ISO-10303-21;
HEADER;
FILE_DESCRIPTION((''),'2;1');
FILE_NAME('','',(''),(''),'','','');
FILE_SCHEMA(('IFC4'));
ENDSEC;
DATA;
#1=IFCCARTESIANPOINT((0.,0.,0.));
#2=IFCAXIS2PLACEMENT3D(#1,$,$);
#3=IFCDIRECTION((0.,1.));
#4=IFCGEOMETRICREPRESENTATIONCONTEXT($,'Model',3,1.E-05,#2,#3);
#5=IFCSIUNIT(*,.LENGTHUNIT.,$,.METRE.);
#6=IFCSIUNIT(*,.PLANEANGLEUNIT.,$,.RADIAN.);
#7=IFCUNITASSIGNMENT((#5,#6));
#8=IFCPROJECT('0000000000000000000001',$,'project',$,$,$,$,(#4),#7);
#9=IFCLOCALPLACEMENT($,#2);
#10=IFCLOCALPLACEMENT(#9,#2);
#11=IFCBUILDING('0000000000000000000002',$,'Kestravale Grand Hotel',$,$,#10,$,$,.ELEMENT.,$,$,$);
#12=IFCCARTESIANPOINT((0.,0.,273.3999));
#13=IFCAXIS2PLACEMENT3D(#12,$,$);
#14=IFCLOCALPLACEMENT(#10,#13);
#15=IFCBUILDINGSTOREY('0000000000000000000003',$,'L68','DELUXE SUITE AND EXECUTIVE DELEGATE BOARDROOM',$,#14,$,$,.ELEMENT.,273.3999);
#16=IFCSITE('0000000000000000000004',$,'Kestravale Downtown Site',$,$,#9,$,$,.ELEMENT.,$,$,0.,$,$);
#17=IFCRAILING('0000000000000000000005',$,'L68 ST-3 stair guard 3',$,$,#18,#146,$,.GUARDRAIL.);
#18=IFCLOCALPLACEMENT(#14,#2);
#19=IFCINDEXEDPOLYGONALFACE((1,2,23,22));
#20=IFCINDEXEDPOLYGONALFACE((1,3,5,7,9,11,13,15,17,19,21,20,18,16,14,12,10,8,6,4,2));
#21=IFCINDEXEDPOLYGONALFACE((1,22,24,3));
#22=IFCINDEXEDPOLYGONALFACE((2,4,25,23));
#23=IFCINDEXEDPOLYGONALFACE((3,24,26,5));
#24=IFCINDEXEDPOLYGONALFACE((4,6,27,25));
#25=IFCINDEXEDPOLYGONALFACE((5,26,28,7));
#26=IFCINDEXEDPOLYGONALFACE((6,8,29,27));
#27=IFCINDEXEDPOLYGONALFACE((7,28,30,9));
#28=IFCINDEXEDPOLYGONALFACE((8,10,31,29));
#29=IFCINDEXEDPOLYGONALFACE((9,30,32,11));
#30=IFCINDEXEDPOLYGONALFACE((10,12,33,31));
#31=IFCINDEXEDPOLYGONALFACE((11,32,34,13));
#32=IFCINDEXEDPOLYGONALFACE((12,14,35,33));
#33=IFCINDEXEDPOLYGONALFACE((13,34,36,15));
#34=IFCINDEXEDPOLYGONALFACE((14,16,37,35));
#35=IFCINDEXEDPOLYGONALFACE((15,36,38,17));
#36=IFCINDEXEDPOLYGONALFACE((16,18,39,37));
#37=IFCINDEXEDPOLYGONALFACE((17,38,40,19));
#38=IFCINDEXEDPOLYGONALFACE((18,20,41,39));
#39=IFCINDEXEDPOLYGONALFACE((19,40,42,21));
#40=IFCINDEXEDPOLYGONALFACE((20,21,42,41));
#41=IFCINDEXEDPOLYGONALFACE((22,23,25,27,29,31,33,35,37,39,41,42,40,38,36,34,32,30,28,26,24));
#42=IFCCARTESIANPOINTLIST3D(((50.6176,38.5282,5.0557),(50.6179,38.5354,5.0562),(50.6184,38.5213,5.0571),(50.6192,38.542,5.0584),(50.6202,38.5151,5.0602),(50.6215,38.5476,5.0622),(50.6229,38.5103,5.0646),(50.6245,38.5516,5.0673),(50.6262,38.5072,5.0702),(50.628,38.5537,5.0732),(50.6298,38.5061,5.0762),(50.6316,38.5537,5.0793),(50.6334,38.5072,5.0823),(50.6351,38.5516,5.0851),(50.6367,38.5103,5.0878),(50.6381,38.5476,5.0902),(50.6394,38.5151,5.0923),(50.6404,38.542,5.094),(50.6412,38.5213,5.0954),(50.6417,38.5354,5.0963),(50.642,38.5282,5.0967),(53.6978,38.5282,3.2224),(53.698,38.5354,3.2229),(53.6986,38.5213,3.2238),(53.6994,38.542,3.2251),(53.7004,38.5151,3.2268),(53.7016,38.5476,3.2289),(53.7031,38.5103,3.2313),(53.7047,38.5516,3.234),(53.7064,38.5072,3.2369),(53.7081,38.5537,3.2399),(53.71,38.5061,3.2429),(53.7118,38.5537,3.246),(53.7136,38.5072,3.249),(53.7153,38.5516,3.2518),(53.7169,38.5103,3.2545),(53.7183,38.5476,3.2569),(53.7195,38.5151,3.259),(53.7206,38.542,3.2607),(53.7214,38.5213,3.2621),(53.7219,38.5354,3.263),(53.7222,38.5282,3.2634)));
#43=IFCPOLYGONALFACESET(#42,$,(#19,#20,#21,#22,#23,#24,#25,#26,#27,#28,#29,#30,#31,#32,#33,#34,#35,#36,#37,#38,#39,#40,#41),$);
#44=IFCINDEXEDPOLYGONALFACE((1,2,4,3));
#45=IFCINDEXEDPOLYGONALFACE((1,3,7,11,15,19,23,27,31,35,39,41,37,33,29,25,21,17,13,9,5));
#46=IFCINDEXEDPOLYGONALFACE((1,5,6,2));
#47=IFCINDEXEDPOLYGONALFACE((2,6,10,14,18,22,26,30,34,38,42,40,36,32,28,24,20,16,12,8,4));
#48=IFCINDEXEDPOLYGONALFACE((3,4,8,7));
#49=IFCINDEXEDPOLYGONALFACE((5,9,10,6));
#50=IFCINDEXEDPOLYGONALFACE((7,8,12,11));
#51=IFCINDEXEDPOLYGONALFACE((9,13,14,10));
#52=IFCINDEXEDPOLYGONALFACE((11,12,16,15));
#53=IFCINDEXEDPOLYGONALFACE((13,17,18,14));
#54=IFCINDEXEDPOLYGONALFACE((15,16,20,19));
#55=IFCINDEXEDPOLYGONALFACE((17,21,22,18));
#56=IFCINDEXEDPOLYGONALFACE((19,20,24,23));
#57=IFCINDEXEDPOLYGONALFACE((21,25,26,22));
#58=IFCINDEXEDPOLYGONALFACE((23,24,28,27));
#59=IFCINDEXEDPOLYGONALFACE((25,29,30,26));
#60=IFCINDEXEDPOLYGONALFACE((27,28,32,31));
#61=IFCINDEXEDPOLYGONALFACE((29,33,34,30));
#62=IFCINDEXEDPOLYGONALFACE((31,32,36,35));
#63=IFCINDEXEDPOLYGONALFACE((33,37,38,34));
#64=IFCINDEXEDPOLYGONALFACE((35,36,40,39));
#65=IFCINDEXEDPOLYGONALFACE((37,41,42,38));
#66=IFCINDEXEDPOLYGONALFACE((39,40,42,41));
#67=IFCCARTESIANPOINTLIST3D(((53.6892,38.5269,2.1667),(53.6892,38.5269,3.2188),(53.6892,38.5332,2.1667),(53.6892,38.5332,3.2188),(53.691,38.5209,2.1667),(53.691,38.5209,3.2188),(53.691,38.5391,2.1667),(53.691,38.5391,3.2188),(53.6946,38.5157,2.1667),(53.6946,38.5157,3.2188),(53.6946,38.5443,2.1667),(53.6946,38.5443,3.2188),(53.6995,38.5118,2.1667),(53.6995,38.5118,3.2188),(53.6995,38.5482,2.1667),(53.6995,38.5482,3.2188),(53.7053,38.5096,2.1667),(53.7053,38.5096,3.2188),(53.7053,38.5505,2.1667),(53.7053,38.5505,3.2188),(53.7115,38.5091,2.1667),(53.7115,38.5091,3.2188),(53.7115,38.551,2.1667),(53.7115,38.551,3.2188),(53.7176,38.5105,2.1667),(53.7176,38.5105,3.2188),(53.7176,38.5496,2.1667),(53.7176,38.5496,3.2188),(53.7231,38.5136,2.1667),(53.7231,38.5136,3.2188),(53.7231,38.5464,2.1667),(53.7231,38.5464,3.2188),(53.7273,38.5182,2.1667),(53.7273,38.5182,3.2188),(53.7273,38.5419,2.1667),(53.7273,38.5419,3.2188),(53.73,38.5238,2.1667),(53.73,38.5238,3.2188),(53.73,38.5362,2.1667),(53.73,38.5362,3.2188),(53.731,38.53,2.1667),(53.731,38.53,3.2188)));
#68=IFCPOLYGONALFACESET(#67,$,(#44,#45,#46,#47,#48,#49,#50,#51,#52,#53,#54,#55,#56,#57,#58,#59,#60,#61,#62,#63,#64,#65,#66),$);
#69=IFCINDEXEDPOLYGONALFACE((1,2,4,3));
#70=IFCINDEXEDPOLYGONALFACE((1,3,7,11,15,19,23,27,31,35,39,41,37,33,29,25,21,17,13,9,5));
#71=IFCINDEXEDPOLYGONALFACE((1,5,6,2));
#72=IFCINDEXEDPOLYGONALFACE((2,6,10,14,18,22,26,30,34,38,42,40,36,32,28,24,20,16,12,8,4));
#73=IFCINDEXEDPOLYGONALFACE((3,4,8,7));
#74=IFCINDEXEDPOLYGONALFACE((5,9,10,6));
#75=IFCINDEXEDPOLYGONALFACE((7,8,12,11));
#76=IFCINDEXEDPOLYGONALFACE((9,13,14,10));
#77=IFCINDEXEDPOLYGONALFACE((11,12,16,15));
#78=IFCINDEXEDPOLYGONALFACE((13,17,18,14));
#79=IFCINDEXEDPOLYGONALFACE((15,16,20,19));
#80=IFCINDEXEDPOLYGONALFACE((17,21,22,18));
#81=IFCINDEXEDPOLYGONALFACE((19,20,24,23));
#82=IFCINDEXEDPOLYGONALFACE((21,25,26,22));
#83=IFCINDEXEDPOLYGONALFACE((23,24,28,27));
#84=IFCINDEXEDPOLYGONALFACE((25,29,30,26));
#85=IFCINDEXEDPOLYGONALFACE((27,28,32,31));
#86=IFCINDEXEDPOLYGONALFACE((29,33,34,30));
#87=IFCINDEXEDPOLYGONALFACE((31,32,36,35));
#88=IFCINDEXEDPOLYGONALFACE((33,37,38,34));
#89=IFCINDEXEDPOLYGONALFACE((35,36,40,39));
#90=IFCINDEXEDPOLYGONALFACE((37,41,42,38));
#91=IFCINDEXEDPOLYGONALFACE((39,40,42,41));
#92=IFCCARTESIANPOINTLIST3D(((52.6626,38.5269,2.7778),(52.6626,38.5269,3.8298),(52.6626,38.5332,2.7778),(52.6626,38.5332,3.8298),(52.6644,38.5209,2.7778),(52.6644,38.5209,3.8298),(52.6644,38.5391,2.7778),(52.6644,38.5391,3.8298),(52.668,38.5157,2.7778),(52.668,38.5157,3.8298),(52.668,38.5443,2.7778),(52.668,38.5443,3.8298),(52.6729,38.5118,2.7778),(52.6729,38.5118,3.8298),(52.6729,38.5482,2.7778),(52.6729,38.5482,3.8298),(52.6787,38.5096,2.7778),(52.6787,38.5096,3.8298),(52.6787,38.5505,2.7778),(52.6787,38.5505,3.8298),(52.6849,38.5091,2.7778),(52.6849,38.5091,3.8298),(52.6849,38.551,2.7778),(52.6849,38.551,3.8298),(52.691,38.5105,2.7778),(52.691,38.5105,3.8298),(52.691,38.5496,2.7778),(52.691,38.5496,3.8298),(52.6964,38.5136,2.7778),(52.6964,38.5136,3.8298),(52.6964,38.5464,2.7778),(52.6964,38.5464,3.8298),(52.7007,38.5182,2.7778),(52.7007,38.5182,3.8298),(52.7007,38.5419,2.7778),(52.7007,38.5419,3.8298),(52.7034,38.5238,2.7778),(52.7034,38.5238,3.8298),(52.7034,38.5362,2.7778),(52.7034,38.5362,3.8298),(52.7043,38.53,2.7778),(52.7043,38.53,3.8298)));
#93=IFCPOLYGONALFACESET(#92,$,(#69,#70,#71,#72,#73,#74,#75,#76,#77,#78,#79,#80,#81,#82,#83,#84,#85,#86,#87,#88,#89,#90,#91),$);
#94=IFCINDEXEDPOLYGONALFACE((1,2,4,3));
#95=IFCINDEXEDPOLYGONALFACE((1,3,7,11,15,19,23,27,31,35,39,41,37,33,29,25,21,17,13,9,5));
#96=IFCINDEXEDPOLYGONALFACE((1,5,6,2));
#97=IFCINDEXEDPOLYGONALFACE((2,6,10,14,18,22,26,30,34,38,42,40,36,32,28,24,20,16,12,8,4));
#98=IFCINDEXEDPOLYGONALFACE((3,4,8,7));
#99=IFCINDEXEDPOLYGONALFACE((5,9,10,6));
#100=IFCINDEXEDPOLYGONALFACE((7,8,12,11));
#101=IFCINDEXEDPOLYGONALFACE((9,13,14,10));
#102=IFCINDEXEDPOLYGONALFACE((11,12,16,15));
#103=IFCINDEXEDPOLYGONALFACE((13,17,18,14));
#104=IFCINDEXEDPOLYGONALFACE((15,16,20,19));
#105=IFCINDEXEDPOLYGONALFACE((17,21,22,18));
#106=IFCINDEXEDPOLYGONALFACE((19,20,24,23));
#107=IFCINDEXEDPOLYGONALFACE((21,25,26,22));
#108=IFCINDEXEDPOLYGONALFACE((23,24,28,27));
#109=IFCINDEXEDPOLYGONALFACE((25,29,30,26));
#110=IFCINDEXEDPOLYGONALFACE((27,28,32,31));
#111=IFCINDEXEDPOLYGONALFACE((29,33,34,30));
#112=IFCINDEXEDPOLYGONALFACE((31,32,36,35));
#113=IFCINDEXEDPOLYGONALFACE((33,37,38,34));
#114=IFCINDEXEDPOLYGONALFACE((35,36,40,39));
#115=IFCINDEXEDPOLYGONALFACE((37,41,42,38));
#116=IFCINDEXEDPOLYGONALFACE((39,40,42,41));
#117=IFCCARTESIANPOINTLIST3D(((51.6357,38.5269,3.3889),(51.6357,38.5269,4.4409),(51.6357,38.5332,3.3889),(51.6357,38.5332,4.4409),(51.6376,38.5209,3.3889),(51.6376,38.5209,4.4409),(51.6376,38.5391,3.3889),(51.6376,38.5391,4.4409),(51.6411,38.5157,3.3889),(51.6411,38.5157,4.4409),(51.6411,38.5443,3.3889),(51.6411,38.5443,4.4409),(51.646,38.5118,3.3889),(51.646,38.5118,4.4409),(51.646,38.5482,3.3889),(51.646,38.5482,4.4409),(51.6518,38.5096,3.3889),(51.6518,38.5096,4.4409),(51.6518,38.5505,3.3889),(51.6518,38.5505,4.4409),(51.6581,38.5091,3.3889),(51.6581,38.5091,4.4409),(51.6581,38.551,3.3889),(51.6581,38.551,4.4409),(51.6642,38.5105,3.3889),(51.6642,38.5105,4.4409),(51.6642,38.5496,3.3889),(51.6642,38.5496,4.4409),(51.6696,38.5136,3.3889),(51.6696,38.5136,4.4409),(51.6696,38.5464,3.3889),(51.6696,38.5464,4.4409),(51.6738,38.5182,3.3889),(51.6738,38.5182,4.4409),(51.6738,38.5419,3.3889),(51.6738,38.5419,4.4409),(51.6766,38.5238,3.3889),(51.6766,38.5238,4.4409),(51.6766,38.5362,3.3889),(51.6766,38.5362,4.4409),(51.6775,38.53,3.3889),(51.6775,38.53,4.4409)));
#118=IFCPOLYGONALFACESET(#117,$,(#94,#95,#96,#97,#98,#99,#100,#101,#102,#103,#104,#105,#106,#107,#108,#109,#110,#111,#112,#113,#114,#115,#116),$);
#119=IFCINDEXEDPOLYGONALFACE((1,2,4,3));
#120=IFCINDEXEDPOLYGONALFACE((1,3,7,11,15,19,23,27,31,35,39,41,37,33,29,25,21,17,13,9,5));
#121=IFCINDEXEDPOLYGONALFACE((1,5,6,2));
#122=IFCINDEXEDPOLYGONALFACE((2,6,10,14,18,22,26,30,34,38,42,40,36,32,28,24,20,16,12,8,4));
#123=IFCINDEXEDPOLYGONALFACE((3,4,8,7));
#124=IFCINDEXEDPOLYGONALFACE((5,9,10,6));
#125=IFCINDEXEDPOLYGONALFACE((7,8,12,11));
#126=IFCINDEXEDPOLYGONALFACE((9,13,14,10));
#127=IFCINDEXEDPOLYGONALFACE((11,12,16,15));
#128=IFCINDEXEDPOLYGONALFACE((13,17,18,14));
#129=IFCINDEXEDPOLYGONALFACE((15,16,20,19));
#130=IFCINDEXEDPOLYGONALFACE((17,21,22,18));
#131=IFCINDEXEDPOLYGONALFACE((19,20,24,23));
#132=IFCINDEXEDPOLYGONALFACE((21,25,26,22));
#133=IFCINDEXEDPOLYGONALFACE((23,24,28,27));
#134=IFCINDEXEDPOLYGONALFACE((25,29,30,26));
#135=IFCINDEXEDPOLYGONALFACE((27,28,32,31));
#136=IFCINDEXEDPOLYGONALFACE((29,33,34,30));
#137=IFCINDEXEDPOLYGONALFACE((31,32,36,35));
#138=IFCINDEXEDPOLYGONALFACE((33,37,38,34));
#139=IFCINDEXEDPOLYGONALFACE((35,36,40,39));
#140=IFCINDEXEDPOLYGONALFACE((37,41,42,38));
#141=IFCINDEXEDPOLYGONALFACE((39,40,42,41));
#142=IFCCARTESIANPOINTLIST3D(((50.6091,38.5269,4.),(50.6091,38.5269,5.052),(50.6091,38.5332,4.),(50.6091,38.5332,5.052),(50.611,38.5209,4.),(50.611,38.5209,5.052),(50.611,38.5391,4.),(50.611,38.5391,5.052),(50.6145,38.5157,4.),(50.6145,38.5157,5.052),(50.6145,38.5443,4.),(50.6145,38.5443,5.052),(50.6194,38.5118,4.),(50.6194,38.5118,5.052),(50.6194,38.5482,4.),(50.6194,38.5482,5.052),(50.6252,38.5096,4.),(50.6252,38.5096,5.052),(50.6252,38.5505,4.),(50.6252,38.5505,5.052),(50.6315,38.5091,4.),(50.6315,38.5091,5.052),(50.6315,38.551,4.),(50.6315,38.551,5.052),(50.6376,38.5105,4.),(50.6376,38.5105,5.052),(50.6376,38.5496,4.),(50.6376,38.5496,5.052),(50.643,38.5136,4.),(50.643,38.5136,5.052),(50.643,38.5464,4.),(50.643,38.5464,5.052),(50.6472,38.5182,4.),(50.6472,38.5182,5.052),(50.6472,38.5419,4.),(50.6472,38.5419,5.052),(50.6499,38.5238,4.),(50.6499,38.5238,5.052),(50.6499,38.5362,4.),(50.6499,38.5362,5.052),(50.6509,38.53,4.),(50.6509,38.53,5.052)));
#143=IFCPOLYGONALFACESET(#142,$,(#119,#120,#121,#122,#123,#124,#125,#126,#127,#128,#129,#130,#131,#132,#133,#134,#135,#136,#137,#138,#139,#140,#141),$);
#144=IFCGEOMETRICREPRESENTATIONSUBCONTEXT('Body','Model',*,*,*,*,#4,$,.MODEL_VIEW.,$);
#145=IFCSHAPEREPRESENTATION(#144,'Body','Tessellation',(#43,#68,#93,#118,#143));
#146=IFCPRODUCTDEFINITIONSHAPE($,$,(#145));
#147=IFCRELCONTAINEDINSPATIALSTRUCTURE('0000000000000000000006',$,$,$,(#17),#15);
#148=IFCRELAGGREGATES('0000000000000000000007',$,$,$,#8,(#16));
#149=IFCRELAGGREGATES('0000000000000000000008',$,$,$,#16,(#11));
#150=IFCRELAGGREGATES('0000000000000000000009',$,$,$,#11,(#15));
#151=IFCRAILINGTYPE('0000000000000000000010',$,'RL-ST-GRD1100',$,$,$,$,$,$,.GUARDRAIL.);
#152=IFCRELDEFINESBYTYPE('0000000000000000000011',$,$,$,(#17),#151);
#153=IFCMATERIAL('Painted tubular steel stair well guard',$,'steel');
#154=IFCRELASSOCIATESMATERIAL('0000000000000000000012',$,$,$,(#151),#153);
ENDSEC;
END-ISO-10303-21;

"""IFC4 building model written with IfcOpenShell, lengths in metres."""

from ifc_helpers import new_model, si_unit, direction, frame, origin, origin_2d, place, context, subcontext, project, spatial, circle, extrude, material, type_object, element, save


model = new_model("IFC4")

# Units and contexts
model_context = context("Model", 3, precision=1e-05, world=origin(), true_north=direction((0.0, 1.0)))
body_context = subcontext(model_context, "Body", "Model", "MODEL_VIEW")
ifc_project = project(units=[si_unit("LENGTHUNIT", "METRE"), si_unit("PLANEANGLEUNIT", "RADIAN")], contexts=[model_context])

# Site, building, storey
site_placement = place(None, origin())
site = spatial("IfcSite", under=ifc_project, at=site_placement, Name="Kestravale Downtown Site", CompositionType="ELEMENT", RefElevation=0.0)
building_placement = place(site_placement, origin())
building = spatial("IfcBuilding", under=site, at=building_placement, Name="Kestravale Grand Hotel", CompositionType="ELEMENT")
storey_placement = place(building_placement, frame((0.0, 0.0, 273.3999)))
storey = spatial("IfcBuildingStorey", under=building, at=storey_placement, Name="L68", Description="DELUXE SUITE AND EXECUTIVE DELEGATE BOARDROOM", CompositionType="ELEMENT", Elevation=273.3999)

# Railing
ifc_material_1 = material(Name="Painted tubular steel stair well guard", Category="steel")
railing_type_1 = type_object("IfcRailingType", Name="RL-ST-GRD1100", PredefinedType="GUARDRAIL", material=ifc_material_1)
railing_1_placement = place(storey_placement, frame((53.71, 38.53, 2.1667)))
element("IfcRailing", 1, at=railing_1_placement, inside=storey, type_object=railing_type_1, Name="L68 ST-3 stair guard 3", PredefinedType="GUARDRAIL", context=body_context, shape_type="SweptSolid", body=[
    extrude(circle(Radius=0.0239, at=origin_2d()), frame((0.0, 0.0, 1.0762), z_axis=(-0.859309, 0.0, 0.511458), x_axis=(0.0, -1.0, 0.0)), (0.0, 0.0, 1.0), 3.5845),
    extrude(circle(Radius=0.021, at=origin_2d()), origin(), (0.0, 0.0, 1.0), 1.052),
    extrude(circle(Radius=0.021, at=origin_2d()), frame((-1.0266, 0.0, 0.6111)), (0.0, 0.0, 1.0), 1.052),
    extrude(circle(Radius=0.021, at=origin_2d()), frame((-2.0535, 0.0, 1.2222)), (0.0, 0.0, 1.0), 1.052),
    extrude(circle(Radius=0.021, at=origin_2d()), frame((-3.0801, 0.0, 1.8333)), (0.0, 0.0, 1.0), 1.052),
])

save(model, "model.ifc")
